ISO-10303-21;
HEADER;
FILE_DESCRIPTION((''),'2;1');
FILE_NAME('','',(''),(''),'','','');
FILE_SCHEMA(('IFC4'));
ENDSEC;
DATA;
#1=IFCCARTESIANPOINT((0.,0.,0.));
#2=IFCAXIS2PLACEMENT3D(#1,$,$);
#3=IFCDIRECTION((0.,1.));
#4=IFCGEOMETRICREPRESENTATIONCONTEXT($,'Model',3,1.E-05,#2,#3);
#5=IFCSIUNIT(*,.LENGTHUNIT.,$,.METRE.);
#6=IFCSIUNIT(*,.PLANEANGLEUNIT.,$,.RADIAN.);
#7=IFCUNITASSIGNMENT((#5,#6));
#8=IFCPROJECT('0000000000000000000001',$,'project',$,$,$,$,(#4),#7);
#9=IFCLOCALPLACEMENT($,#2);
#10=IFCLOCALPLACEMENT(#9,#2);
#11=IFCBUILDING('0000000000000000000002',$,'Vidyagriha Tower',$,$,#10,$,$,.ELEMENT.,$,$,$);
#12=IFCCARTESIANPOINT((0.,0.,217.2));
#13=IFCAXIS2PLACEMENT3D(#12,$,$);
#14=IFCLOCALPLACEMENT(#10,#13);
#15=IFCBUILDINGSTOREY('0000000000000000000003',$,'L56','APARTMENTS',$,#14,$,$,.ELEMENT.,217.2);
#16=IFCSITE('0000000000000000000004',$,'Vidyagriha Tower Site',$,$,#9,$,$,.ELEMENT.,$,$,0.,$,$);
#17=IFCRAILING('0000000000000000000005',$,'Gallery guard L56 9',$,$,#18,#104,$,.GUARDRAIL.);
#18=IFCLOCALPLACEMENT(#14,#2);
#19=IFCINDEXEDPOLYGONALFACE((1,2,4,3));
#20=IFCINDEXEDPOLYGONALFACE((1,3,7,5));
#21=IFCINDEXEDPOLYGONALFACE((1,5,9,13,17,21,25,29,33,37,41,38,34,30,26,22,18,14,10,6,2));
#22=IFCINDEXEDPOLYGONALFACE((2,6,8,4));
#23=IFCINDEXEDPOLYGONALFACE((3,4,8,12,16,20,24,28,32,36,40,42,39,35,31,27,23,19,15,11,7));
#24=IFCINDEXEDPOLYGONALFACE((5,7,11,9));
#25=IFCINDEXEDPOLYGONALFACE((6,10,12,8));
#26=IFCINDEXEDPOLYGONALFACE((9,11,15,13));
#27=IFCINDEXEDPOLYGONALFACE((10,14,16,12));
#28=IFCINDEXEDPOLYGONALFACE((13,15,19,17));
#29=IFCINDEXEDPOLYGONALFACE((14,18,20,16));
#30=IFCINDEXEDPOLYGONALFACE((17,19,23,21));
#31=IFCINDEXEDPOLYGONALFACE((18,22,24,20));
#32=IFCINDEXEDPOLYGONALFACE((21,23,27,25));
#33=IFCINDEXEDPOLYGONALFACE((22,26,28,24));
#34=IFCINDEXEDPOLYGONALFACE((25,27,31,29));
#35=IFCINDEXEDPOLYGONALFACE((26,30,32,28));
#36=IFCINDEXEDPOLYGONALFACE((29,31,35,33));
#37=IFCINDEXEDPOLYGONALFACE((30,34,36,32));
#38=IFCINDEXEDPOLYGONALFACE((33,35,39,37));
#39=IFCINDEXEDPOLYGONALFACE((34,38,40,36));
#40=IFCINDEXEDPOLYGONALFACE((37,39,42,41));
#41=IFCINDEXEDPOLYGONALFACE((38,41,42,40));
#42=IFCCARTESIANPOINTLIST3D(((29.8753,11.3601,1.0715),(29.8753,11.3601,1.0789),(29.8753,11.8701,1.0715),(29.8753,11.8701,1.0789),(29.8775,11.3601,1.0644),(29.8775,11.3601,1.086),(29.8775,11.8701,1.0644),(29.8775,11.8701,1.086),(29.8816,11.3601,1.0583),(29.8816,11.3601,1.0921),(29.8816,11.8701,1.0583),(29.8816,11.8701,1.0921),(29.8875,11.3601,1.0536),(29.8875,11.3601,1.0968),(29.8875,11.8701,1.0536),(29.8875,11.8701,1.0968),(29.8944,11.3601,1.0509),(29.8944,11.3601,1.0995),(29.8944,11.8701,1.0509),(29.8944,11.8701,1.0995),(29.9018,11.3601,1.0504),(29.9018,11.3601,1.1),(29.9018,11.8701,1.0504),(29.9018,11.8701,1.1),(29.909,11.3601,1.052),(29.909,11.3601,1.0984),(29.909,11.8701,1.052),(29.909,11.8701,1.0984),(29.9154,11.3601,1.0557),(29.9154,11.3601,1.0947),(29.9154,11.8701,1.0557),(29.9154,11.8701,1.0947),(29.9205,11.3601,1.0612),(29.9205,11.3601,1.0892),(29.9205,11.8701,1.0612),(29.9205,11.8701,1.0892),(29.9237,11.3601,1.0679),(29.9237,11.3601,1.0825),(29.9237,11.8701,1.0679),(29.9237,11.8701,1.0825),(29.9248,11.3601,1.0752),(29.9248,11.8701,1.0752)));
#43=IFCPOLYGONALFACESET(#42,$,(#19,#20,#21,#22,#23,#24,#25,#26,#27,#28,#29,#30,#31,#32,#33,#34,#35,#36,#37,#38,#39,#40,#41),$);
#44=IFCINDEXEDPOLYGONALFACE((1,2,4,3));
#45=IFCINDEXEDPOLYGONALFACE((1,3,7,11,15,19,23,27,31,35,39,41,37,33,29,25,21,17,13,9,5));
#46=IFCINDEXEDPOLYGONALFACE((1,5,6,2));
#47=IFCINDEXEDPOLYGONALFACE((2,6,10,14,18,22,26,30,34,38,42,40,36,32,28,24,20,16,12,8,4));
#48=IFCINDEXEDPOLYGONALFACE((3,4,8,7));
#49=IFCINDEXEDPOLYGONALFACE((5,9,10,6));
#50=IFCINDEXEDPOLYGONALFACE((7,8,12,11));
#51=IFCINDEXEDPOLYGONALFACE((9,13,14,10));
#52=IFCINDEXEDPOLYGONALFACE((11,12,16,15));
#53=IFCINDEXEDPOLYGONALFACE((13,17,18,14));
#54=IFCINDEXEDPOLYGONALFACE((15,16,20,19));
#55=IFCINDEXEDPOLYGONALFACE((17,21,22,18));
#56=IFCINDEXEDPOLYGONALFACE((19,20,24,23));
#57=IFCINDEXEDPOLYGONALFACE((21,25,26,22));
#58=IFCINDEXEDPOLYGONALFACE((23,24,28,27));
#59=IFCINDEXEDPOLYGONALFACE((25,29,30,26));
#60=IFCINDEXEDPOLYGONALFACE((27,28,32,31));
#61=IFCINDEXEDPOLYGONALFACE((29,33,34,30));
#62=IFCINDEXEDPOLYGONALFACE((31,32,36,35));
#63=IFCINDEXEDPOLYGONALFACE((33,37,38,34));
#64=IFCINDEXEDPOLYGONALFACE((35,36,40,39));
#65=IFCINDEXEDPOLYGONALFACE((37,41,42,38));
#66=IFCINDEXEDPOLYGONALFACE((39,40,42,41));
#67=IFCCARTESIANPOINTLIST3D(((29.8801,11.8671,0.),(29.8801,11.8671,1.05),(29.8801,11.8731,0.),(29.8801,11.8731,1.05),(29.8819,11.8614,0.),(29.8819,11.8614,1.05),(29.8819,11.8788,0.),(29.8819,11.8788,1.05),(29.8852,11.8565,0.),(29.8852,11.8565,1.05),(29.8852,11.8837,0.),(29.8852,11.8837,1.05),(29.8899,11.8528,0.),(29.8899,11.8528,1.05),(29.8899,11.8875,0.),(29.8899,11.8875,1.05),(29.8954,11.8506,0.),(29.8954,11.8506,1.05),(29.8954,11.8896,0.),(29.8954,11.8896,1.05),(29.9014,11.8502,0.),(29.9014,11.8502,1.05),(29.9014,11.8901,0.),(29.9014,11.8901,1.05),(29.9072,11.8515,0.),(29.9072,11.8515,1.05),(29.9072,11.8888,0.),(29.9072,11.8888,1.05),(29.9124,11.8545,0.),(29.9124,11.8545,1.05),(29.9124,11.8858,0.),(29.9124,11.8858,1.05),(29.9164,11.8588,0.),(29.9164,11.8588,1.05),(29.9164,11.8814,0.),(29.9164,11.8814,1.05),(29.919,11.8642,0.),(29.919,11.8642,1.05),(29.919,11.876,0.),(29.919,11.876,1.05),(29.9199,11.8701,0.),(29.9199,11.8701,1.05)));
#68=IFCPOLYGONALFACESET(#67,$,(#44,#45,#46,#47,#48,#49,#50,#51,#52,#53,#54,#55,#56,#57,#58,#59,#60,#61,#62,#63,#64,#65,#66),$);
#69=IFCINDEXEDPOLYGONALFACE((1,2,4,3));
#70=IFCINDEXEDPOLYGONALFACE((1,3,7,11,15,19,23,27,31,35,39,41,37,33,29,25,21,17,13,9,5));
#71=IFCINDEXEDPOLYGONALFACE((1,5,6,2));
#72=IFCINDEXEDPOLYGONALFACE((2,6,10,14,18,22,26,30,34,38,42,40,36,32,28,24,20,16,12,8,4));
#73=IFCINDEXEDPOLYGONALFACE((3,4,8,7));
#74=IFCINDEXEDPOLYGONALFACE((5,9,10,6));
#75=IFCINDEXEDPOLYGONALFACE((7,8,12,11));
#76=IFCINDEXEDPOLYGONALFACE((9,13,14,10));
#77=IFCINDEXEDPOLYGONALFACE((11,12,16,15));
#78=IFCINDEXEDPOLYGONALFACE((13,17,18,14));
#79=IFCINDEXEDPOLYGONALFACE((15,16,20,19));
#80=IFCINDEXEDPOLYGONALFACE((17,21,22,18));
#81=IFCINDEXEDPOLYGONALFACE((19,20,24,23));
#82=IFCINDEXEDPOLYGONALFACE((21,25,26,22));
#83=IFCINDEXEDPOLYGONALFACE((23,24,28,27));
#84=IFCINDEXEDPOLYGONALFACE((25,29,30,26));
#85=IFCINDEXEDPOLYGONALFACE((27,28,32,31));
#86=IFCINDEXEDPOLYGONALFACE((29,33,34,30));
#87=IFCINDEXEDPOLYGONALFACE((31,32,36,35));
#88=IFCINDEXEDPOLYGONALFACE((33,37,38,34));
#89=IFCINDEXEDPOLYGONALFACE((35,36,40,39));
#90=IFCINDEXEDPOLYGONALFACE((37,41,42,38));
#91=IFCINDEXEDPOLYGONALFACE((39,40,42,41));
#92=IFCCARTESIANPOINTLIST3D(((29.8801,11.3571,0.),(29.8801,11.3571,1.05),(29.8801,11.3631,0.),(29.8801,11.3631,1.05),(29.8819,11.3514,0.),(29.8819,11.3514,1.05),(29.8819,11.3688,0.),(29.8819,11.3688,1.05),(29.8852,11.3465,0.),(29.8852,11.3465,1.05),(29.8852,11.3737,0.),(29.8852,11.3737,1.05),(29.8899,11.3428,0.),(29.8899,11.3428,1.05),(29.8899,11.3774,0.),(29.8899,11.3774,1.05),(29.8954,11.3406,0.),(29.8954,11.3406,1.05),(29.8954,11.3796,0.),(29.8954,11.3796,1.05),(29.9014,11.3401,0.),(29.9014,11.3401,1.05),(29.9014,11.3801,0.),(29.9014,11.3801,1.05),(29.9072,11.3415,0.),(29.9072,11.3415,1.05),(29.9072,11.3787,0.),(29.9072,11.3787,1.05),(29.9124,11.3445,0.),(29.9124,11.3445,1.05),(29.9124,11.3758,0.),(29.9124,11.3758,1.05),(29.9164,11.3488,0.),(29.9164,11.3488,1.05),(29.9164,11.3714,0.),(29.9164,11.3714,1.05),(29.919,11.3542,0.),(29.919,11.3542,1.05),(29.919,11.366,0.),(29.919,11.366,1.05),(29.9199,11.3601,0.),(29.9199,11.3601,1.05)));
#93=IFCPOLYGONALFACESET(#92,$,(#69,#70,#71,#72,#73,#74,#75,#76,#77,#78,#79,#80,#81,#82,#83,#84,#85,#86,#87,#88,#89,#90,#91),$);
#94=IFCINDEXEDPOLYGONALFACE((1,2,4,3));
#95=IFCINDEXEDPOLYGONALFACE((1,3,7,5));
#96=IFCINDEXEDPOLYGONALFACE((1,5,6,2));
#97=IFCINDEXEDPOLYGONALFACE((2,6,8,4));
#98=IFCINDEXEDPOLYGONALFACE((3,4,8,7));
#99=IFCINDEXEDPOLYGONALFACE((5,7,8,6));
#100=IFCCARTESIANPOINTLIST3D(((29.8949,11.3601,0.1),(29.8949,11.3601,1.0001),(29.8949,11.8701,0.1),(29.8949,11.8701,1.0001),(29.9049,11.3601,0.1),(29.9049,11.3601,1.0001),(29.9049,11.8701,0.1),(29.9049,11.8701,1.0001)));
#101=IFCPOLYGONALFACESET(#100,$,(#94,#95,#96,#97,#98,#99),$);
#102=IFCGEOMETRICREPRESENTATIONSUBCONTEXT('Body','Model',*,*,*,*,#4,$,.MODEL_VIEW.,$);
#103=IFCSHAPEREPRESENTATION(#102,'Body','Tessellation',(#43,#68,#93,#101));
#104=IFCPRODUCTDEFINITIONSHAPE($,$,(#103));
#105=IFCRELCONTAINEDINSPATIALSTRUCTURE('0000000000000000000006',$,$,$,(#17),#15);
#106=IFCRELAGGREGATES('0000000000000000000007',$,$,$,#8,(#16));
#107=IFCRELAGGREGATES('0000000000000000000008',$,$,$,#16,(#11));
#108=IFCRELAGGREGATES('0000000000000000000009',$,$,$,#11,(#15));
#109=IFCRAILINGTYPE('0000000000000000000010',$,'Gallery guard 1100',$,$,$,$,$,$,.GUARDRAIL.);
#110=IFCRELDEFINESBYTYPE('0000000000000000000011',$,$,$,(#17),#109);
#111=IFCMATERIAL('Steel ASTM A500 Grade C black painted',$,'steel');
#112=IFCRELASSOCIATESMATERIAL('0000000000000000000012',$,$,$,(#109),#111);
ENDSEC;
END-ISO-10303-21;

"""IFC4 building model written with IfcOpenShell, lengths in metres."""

from ifc_helpers import new_model, si_unit, direction, frame, origin, origin_2d, place, context, subcontext, project, spatial, rectangle, circle, extrude, material, type_object, element, save


model = new_model("IFC4")

# Units and contexts
model_context = context("Model", 3, precision=1e-05, world=origin(), true_north=direction((0.0, 1.0)))
body_context = subcontext(model_context, "Body", "Model", "MODEL_VIEW")
ifc_project = project(units=[si_unit("LENGTHUNIT", "METRE"), si_unit("PLANEANGLEUNIT", "RADIAN")], contexts=[model_context])

# Site, building, storey
site_placement = place(None, origin())
site = spatial("IfcSite", under=ifc_project, at=site_placement, Name="Vidyagriha Tower Site", CompositionType="ELEMENT", RefElevation=0.0)
building_placement = place(site_placement, origin())
building = spatial("IfcBuilding", under=site, at=building_placement, Name="Vidyagriha Tower", CompositionType="ELEMENT")
storey_placement = place(building_placement, frame((0.0, 0.0, 217.2)))
storey = spatial("IfcBuildingStorey", under=building, at=storey_placement, Name="L56", Description="APARTMENTS", CompositionType="ELEMENT", Elevation=217.2)

# Railing
ifc_material_1 = material(Name="Steel ASTM A500 Grade C black painted", Category="steel")
railing_type = type_object("IfcRailingType", Name="Gallery guard 1100", PredefinedType="GUARDRAIL", material=ifc_material_1)
railing_1_placement = place(storey_placement, frame((29.8999, 11.8701, 0.0)))
element("IfcRailing", 1, at=railing_1_placement, inside=storey, type_object=railing_type, Name="Gallery guard L56 9", PredefinedType="GUARDRAIL", context=body_context, shape_type="SweptSolid", body=[
    extrude(circle(Radius=0.0249, at=origin_2d()), frame((0.0, 0.0, 1.0752), z_axis=(0.0, -1.0, 0.0), x_axis=(1.0, 0.0, 0.0)), (0.0, 0.0, 1.0), 0.51),
    extrude(circle(Radius=0.02, at=origin_2d()), origin(), (0.0, 0.0, 1.0), 1.05),
    extrude(circle(Radius=0.02, at=origin_2d()), frame((0.0, -0.51, 0.0)), (0.0, 0.0, 1.0), 1.05),
    extrude(rectangle(XDim=0.01, YDim=0.9001, at=origin_2d()), frame((0.0, 0.0, 0.55), z_axis=(0.0, -1.0, 0.0), x_axis=(1.0, 0.0, 0.0)), (0.0, 0.0, 1.0), 0.51),
])

save(model, "model.ifc")
